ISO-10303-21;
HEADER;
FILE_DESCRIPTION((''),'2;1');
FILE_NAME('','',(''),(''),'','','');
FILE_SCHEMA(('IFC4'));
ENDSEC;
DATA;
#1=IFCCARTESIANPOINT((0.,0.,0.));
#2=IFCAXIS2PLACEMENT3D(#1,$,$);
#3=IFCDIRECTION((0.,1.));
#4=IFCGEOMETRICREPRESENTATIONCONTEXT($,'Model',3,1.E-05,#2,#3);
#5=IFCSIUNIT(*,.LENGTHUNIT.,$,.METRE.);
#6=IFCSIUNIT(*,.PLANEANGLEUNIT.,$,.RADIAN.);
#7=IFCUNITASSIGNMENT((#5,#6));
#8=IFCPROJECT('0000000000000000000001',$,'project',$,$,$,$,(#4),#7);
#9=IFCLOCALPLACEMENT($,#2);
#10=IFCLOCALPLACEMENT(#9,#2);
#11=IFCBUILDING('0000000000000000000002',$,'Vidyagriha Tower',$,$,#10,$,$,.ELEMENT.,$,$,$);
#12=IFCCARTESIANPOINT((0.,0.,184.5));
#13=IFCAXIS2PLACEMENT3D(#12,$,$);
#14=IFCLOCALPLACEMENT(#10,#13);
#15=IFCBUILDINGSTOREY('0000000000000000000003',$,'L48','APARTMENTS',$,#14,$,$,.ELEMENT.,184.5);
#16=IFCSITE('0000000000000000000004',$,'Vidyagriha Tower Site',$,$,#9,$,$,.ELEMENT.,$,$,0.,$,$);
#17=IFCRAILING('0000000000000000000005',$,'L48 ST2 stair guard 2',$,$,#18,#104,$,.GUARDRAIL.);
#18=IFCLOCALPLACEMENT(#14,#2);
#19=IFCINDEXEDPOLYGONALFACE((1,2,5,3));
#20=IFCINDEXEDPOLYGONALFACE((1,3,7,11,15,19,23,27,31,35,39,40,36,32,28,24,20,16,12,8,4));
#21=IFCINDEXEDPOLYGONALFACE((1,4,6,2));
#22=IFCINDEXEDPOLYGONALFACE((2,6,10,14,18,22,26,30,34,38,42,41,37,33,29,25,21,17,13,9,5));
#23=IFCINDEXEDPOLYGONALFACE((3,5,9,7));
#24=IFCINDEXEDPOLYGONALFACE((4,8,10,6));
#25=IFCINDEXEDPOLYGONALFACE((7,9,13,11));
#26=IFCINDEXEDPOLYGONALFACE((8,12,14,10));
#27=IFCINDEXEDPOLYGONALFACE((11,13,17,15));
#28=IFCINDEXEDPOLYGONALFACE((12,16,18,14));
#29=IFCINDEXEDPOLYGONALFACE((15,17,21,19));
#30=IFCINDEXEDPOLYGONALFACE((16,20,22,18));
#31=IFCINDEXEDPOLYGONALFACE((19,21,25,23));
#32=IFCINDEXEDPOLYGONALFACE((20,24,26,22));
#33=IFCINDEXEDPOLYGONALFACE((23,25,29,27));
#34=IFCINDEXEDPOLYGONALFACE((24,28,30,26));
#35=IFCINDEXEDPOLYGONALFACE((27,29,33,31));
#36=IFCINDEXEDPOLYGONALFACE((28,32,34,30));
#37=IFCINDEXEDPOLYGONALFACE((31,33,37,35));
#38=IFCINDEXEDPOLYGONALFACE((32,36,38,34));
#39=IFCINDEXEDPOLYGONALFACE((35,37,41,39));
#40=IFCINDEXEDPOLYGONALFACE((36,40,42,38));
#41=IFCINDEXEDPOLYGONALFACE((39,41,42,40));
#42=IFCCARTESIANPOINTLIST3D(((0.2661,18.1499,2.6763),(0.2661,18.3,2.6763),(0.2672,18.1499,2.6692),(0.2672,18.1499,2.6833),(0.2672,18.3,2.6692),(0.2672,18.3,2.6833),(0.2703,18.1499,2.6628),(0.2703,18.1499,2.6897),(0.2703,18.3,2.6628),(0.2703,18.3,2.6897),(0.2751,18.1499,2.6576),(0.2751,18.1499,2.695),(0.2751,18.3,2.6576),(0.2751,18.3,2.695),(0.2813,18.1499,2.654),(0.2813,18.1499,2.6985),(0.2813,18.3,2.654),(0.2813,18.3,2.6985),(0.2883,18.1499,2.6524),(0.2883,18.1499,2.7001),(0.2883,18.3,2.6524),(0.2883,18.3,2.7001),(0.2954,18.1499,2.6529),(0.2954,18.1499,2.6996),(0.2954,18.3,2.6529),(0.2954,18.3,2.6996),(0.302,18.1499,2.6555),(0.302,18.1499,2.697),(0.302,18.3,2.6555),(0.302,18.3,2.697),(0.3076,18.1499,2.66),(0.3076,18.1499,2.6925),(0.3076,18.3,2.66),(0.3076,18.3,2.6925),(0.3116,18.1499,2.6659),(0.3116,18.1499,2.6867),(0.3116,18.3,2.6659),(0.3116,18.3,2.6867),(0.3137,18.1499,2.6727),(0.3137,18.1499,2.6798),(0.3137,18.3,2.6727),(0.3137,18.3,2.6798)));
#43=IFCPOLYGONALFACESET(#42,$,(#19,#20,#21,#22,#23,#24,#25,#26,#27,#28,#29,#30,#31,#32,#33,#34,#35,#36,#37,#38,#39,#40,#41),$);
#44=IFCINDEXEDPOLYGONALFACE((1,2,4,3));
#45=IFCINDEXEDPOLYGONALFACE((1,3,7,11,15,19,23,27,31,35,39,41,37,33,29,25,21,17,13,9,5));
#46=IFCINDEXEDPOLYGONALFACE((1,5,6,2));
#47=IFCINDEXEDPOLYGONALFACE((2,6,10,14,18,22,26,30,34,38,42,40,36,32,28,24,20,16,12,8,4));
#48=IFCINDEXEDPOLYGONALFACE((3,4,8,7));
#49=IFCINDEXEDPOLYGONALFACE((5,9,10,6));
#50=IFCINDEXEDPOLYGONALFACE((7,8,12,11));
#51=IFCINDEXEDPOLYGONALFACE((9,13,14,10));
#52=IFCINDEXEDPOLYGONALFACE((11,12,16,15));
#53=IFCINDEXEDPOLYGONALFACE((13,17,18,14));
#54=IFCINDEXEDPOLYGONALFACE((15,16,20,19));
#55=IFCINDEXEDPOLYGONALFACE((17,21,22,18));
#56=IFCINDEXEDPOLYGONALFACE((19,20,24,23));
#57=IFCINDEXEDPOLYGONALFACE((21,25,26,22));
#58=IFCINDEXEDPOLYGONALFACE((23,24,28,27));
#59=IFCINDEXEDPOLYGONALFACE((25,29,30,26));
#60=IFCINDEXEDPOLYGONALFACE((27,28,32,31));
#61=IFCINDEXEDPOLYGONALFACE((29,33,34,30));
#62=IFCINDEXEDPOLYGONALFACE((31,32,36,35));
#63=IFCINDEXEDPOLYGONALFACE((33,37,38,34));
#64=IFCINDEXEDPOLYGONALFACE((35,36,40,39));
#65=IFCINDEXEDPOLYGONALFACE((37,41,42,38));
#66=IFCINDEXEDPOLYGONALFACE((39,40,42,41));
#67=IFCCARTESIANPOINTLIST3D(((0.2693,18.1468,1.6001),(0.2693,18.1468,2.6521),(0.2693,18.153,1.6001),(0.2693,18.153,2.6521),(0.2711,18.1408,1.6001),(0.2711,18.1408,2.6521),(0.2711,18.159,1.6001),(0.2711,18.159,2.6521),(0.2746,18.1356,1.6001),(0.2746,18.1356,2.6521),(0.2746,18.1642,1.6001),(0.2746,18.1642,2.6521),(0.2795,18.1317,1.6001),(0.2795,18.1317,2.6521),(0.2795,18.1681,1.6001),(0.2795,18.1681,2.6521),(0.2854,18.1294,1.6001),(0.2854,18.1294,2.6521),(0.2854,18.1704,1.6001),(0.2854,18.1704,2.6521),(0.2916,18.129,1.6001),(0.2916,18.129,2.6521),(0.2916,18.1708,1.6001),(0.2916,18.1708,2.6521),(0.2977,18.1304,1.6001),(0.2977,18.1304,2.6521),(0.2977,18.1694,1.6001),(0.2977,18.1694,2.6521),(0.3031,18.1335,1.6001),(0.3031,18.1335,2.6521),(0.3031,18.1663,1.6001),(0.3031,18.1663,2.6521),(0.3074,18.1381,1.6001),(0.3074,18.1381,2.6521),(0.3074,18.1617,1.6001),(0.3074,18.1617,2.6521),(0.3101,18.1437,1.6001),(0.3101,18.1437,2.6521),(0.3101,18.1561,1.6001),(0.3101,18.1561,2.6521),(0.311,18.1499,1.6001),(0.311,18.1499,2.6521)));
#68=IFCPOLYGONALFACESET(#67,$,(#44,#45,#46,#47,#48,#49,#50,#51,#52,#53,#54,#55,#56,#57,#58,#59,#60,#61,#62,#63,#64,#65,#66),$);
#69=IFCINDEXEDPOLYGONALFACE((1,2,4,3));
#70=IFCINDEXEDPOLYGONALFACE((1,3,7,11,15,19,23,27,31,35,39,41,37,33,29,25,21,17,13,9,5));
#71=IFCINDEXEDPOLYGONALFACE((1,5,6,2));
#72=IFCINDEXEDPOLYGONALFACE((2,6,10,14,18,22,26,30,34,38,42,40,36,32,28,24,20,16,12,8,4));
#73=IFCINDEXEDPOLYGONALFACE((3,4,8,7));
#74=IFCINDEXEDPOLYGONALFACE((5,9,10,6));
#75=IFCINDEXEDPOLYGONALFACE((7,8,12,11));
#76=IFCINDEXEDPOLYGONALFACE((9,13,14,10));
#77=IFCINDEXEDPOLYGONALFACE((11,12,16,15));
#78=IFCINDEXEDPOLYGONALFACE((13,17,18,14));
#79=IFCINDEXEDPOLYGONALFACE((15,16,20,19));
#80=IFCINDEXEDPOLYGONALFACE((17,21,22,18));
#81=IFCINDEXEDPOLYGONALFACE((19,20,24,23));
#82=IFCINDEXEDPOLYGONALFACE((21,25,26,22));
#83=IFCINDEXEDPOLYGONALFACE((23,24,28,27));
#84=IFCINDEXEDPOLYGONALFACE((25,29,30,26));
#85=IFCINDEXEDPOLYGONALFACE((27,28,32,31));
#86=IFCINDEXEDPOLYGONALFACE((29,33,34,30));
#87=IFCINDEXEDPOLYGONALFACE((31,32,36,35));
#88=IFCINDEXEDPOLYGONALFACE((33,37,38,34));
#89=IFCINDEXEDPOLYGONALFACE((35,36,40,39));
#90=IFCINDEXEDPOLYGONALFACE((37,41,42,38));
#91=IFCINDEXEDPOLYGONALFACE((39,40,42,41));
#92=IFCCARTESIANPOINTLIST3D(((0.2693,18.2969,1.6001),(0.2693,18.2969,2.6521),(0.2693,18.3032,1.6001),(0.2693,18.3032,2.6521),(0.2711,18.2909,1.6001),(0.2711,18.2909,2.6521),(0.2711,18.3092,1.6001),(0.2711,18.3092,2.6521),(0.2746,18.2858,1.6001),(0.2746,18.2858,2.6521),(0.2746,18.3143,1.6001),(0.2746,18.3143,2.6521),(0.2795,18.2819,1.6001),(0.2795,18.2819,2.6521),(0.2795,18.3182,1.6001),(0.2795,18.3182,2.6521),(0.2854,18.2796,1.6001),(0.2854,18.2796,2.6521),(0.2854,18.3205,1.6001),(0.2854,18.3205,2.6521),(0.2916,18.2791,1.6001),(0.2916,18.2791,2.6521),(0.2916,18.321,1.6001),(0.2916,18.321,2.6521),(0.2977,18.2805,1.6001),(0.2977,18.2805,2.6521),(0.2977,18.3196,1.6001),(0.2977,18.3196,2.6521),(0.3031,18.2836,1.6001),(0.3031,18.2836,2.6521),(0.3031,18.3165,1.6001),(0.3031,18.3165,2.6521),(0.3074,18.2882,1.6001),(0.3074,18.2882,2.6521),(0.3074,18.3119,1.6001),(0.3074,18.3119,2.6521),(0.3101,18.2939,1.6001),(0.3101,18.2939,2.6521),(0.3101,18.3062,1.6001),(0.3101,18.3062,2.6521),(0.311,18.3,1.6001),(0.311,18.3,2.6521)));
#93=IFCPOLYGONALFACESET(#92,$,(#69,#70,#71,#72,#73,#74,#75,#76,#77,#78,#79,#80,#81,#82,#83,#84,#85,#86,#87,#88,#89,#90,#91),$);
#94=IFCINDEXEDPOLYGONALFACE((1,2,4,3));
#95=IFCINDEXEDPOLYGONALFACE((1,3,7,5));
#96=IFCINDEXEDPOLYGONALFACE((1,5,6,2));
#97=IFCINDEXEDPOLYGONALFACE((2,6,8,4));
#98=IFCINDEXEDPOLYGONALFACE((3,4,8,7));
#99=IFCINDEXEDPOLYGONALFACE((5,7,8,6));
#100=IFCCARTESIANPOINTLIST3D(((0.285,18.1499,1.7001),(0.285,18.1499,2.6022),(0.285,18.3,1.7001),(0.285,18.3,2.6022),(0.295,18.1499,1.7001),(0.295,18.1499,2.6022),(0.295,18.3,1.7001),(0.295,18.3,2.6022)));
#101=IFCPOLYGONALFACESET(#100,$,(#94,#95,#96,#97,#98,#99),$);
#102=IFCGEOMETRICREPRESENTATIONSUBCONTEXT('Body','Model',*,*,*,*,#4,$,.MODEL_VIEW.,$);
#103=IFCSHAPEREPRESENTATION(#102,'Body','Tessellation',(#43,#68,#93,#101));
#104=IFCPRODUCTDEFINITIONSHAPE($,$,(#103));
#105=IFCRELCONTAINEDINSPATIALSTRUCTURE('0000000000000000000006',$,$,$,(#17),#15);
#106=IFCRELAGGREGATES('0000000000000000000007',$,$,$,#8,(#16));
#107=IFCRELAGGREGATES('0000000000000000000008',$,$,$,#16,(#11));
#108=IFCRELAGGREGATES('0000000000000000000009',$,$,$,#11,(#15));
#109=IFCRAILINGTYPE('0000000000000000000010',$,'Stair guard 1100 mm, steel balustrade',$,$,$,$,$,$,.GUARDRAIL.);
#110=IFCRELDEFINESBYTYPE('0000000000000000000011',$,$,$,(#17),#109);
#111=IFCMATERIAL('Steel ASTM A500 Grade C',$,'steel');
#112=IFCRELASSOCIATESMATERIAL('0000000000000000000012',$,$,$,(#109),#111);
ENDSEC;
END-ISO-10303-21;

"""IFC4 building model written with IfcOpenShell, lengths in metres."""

from ifc_helpers import new_model, si_unit, direction, frame, origin, origin_2d, place, context, subcontext, project, spatial, rectangle, circle, extrude, material, type_object, element, save


model = new_model("IFC4")

# Units and contexts
model_context = context("Model", 3, precision=1e-05, world=origin(), true_north=direction((0.0, 1.0)))
body_context = subcontext(model_context, "Body", "Model", "MODEL_VIEW")
ifc_project = project(units=[si_unit("LENGTHUNIT", "METRE"), si_unit("PLANEANGLEUNIT", "RADIAN")], contexts=[model_context])

# Site, building, storey
site_placement = place(None, origin())
site = spatial("IfcSite", under=ifc_project, at=site_placement, Name="Vidyagriha Tower Site", CompositionType="ELEMENT", RefElevation=0.0)
building_placement = place(site_placement, origin())
building = spatial("IfcBuilding", under=site, at=building_placement, Name="Vidyagriha Tower", CompositionType="ELEMENT")
storey_placement = place(building_placement, frame((0.0, 0.0, 184.5)))
storey = spatial("IfcBuildingStorey", under=building, at=storey_placement, Name="L48", Description="APARTMENTS", CompositionType="ELEMENT", Elevation=184.5)

# Railing
ifc_material_1 = material(Name="Steel ASTM A500 Grade C", Category="steel")
railing_type_1 = type_object("IfcRailingType", Name="Stair guard 1100 mm, steel balustrade", PredefinedType="GUARDRAIL", material=ifc_material_1)
railing_1_placement = place(storey_placement, frame((0.29, 18.1499, 1.6001)))
element("IfcRailing", 1, at=railing_1_placement, inside=storey, type_object=railing_type_1, Name="L48 ST2 stair guard 2", PredefinedType="GUARDRAIL", context=body_context, shape_type="SweptSolid", body=[
    extrude(circle(Radius=0.0239, at=origin_2d()), frame((0.0, 0.0, 1.0762), z_axis=(0.0, 1.0, 0.0), x_axis=(-1.0, 0.0, 0.0)), (0.0, 0.0, 1.0), 0.1501),
    extrude(circle(Radius=0.021, at=origin_2d()), origin(), (0.0, 0.0, 1.0), 1.052),
    extrude(circle(Radius=0.021, at=origin_2d()), frame((0.0, 0.1501, 0.0)), (0.0, 0.0, 1.0), 1.052),
    extrude(rectangle(XDim=0.01, YDim=0.9021, at=origin_2d()), frame((0.0, 0.0, 0.551), z_axis=(0.0, 1.0, 0.0), x_axis=(-1.0, 0.0, 0.0)), (0.0, 0.0, 1.0), 0.1501),
])

save(model, "model.ifc")
